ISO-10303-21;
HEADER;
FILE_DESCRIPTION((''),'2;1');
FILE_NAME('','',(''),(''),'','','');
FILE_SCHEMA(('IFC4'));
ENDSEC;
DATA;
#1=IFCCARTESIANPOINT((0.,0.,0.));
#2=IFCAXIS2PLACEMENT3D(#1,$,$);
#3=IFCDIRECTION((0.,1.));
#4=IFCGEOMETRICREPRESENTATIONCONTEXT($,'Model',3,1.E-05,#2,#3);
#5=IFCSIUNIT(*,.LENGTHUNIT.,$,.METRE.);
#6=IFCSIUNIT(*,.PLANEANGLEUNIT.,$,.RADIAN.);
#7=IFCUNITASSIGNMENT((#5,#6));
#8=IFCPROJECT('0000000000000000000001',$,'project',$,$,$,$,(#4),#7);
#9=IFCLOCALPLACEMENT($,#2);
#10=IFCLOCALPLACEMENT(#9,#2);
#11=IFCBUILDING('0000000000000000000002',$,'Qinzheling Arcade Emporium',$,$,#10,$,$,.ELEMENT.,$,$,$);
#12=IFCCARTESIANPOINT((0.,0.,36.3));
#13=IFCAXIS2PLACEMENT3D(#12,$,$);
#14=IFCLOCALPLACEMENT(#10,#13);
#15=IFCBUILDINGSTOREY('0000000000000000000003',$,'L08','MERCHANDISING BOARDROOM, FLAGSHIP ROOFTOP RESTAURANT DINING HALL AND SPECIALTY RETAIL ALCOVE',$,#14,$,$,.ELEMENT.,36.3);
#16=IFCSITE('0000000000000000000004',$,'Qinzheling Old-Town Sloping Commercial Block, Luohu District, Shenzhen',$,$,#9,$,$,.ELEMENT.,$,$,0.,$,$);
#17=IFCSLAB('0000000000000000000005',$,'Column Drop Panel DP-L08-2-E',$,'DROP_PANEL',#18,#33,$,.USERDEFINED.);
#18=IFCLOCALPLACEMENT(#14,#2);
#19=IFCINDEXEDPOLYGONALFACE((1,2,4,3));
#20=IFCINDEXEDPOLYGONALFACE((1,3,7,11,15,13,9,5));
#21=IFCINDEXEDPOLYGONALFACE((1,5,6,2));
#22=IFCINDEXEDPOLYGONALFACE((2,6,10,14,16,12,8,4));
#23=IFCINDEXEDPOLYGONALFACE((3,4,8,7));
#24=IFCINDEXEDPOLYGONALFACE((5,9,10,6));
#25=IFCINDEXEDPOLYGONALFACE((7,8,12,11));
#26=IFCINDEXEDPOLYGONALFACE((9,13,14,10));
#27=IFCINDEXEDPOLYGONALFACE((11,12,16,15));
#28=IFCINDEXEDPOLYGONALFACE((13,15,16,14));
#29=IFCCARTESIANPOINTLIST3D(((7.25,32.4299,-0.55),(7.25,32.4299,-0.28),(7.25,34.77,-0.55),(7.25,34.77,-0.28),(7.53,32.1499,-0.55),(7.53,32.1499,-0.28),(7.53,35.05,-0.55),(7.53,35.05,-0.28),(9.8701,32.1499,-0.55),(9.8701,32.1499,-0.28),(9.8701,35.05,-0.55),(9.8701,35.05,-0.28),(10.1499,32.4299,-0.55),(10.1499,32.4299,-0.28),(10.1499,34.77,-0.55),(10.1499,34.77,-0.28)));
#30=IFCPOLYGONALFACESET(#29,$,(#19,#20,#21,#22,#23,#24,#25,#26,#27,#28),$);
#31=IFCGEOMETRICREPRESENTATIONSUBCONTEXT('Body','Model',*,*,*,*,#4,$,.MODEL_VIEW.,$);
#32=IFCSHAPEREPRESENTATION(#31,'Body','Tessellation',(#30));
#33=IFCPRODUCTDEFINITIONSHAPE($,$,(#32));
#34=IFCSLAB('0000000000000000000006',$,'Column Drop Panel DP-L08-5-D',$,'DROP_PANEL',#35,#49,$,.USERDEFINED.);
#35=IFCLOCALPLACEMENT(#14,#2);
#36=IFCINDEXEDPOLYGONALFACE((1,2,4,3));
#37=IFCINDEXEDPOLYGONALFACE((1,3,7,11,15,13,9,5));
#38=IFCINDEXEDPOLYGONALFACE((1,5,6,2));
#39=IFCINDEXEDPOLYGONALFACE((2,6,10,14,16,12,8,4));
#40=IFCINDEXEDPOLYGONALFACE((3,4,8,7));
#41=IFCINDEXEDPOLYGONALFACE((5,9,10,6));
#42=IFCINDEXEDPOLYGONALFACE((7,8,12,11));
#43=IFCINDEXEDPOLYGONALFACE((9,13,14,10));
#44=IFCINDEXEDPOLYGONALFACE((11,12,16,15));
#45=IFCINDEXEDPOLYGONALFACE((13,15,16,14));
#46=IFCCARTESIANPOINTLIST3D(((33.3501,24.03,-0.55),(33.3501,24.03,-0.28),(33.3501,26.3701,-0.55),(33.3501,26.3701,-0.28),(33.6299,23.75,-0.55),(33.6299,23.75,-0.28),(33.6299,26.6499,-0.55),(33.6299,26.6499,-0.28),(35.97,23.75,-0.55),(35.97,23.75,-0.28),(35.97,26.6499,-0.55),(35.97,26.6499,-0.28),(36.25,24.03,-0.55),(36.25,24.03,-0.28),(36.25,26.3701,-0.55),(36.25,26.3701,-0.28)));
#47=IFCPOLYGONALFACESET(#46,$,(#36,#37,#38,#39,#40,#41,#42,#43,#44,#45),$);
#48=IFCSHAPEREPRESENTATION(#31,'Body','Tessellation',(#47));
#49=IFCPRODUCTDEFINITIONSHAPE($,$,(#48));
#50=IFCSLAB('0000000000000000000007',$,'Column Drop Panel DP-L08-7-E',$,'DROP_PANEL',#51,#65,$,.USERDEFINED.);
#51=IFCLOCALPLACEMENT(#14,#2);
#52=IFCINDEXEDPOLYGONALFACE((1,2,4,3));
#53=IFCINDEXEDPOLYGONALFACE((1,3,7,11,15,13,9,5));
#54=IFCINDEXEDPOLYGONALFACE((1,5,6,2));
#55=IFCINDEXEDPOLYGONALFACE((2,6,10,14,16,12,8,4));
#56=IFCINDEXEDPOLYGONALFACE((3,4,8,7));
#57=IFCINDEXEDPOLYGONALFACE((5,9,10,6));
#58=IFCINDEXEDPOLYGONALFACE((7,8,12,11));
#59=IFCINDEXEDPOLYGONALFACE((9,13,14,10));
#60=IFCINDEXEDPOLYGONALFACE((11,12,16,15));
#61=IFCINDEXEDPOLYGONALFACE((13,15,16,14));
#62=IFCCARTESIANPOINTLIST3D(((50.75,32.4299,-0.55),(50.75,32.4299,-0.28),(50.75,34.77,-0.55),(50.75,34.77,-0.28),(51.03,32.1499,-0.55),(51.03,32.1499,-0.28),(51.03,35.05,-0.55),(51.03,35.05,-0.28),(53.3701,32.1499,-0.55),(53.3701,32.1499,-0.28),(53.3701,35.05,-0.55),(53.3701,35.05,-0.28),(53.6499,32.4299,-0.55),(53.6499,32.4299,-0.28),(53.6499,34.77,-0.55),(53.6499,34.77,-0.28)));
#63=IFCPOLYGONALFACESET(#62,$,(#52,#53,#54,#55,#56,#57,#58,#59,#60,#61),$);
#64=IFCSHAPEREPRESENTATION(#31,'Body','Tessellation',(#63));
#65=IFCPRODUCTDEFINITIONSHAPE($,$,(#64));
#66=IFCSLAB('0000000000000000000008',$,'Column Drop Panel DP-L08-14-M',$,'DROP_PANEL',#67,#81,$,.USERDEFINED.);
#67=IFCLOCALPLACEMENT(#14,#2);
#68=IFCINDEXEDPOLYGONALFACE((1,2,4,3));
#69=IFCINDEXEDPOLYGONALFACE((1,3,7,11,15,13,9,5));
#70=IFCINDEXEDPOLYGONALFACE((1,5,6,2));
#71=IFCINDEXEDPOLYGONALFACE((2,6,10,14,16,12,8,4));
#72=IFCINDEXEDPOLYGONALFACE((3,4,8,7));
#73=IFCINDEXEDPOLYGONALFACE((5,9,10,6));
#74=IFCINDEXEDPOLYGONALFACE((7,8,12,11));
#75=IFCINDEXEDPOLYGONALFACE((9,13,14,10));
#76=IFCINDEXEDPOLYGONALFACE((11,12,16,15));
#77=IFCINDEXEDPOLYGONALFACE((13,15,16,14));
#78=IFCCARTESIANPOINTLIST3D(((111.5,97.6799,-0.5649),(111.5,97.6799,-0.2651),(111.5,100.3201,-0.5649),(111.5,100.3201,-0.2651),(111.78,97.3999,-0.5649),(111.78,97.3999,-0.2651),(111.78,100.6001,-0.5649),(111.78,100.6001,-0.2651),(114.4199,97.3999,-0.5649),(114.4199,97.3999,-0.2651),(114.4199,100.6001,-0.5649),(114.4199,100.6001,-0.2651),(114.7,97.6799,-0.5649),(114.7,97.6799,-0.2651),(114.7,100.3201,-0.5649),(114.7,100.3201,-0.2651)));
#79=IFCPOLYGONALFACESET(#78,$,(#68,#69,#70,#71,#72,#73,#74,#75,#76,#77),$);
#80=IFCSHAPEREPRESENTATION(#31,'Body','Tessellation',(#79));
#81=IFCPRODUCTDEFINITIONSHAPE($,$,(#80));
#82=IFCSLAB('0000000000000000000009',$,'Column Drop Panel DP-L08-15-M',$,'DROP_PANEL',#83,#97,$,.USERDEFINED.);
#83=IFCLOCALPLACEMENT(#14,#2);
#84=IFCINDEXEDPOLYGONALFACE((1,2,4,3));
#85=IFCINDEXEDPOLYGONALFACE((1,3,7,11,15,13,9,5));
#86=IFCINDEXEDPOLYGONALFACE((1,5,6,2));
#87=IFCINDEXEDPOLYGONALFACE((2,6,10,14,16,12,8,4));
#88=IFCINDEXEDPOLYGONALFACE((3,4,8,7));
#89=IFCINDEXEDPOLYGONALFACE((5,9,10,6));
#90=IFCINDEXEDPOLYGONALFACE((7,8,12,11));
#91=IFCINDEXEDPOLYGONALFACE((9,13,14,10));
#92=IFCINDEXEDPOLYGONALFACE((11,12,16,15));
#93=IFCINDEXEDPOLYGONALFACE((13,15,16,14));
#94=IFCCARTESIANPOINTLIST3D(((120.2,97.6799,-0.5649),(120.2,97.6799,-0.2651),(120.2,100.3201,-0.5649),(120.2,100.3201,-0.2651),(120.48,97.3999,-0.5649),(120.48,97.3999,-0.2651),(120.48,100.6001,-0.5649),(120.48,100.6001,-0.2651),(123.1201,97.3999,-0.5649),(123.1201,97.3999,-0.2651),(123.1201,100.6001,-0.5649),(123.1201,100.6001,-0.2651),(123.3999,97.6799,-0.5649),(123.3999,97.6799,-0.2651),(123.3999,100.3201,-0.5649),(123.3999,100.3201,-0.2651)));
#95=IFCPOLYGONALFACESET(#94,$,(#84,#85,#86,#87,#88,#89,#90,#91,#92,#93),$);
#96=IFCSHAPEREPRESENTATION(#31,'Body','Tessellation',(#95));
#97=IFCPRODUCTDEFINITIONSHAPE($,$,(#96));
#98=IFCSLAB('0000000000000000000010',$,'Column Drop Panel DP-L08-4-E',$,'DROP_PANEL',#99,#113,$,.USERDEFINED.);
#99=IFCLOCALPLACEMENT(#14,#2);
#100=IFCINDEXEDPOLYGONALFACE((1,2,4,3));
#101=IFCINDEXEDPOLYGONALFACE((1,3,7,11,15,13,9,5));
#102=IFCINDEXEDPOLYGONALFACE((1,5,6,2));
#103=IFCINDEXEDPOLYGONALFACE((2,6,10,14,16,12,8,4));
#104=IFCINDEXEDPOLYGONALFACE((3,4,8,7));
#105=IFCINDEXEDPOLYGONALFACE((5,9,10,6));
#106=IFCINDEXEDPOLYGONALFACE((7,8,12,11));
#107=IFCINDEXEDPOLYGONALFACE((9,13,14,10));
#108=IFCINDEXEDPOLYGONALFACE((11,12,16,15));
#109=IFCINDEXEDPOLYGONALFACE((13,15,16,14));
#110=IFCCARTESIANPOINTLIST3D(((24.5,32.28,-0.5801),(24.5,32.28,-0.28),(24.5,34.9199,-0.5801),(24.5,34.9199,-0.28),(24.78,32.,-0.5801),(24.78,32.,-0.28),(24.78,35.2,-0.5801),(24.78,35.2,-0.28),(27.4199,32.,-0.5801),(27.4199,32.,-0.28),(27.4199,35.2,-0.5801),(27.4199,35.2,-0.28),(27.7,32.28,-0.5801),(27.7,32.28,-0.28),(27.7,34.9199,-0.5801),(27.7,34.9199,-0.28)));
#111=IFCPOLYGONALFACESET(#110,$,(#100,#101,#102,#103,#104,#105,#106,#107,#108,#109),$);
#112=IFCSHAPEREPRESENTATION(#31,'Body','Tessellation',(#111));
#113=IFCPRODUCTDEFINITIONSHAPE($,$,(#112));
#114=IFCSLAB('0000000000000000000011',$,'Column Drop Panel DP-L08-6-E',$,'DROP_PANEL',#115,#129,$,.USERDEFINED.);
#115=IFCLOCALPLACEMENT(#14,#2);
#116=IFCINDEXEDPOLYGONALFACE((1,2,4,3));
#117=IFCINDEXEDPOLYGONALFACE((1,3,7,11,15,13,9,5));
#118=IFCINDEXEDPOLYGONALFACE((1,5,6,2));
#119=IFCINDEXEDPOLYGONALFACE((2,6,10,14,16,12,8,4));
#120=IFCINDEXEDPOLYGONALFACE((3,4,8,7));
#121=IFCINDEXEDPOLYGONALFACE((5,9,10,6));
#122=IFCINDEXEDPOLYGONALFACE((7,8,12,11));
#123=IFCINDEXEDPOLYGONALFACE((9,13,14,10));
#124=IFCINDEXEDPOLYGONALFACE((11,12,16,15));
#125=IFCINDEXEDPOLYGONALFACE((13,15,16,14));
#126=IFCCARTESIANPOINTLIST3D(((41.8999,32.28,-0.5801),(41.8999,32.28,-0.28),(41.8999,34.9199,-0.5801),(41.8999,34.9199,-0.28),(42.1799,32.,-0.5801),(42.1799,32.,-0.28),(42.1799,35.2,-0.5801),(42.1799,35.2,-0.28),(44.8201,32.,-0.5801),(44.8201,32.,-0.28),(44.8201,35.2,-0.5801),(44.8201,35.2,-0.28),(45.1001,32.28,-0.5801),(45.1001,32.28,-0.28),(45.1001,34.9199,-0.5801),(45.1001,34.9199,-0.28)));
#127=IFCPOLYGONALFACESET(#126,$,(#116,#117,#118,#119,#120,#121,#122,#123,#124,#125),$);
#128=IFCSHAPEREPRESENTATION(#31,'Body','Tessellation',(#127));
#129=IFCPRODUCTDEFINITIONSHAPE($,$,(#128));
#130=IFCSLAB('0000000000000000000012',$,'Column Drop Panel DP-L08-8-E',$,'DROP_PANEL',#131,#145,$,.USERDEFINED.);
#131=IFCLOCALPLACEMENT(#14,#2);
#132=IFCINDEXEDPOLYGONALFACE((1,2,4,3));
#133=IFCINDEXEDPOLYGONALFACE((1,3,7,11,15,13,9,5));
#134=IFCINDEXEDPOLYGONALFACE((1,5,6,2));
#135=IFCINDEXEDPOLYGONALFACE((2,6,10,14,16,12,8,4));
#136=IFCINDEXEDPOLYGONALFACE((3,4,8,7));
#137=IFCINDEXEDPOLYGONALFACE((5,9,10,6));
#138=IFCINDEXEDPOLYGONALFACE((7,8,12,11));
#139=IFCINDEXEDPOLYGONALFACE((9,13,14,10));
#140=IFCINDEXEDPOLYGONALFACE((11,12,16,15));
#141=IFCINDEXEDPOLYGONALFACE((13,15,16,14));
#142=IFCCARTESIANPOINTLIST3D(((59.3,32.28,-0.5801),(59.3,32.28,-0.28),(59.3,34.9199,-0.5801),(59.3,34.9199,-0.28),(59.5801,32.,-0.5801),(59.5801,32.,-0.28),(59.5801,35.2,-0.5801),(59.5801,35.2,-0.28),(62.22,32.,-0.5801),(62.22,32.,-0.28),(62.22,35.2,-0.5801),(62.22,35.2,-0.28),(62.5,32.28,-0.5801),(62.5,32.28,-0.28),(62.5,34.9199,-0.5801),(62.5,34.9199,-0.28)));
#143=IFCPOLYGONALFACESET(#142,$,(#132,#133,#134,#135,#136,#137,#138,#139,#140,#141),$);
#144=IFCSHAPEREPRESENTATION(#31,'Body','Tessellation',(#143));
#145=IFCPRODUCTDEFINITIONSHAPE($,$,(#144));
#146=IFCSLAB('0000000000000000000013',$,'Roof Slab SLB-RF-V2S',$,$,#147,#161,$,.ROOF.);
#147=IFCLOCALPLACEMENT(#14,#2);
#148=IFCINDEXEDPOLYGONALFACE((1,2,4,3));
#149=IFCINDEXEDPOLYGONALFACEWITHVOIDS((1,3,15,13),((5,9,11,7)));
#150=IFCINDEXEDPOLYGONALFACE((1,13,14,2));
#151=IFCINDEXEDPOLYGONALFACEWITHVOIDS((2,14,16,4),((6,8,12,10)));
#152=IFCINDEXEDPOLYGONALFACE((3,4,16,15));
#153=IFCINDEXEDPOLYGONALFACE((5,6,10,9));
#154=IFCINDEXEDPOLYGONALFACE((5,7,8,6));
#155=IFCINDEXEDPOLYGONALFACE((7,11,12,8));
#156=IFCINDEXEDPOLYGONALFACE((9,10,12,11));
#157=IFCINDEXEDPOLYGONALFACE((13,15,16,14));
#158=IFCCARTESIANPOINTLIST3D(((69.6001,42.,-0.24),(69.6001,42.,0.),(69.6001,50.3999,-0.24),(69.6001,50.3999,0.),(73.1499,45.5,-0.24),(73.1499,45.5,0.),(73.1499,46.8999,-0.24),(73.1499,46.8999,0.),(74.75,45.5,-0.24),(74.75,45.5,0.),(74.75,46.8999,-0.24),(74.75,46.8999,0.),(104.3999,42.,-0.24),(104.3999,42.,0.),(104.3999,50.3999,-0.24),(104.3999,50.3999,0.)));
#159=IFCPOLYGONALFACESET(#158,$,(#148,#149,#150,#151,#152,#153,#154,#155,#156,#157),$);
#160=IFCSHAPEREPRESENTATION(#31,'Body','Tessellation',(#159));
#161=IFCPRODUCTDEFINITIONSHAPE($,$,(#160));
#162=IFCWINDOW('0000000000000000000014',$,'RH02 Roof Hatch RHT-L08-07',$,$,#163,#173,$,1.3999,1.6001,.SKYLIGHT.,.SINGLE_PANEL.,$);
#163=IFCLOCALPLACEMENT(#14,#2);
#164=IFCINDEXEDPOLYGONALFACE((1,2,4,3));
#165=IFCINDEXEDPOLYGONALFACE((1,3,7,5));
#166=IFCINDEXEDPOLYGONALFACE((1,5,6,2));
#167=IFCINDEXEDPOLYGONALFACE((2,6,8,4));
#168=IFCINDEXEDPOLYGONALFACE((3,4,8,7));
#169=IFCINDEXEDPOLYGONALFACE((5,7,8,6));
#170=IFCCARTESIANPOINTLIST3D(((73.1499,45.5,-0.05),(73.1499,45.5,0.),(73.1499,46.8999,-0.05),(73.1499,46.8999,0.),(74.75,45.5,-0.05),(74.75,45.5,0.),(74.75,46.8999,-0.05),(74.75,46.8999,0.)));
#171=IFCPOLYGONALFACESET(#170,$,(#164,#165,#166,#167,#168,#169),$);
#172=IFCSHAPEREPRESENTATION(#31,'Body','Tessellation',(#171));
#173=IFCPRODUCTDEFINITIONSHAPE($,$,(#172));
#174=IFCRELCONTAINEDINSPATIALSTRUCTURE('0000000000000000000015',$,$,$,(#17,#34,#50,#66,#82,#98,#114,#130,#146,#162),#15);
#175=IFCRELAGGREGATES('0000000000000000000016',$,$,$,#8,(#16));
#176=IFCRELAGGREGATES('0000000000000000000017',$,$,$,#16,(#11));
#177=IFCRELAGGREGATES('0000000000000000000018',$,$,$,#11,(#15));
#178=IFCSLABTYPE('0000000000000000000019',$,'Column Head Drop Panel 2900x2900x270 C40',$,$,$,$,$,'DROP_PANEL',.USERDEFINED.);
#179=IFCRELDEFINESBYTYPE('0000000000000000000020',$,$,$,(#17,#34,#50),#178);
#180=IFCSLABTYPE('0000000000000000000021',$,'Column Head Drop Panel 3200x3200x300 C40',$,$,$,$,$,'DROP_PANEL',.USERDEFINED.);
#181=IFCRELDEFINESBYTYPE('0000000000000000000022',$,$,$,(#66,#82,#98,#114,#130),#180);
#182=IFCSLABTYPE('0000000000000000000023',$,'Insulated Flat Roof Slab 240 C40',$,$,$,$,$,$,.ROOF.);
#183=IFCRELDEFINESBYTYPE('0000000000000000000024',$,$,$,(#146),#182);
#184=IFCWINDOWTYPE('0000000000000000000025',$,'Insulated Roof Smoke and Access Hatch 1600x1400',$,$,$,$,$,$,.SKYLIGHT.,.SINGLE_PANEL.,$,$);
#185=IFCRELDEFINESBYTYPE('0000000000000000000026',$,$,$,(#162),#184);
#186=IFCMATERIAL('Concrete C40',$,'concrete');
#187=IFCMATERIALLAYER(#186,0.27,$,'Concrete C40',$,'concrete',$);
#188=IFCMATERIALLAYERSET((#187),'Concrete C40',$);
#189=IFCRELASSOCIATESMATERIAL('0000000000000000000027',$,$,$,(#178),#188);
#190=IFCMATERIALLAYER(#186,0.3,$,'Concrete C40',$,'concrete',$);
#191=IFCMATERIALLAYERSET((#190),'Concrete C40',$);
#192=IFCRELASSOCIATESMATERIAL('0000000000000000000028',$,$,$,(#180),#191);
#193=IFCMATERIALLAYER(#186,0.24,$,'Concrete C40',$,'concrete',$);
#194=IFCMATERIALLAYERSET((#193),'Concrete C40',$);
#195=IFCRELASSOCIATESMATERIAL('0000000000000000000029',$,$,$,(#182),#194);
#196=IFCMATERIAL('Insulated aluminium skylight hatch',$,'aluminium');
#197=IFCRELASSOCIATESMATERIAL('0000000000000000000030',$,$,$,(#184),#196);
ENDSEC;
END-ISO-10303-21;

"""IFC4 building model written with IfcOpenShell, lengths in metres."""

from ifc_helpers import new_model, si_unit, direction, frame, origin, origin_2d, place, context, subcontext, project, spatial, polyline, rectangle, outline, extrude, material, layer, layer_set, type_object, element, fill, save


model = new_model("IFC4")

# Units and contexts
model_context = context("Model", 3, precision=1e-05, world=origin(), true_north=direction((0.0, 1.0)))
body_context = subcontext(model_context, "Body", "Model", "MODEL_VIEW")
ifc_project = project(units=[si_unit("LENGTHUNIT", "METRE"), si_unit("PLANEANGLEUNIT", "RADIAN")], contexts=[model_context])

# Site, building, storey
site_placement = place(None, origin())
site = spatial("IfcSite", under=ifc_project, at=site_placement, Name="Qinzheling Old-Town Sloping Commercial Block, Luohu District, Shenzhen", CompositionType="ELEMENT", RefElevation=0.0)
building_placement = place(site_placement, origin())
building = spatial("IfcBuilding", under=site, at=building_placement, Name="Qinzheling Arcade Emporium", CompositionType="ELEMENT")
storey_placement = place(building_placement, frame((0.0, 0.0, 36.3)))
storey = spatial("IfcBuildingStorey", under=building, at=storey_placement, Name="L08", Description="MERCHANDISING BOARDROOM, FLAGSHIP ROOFTOP RESTAURANT DINING HALL AND SPECIALTY RETAIL ALCOVE", CompositionType="ELEMENT", Elevation=36.3)

# Slabs
ifc_material_1 = material(Name="Concrete C40", Category="concrete")
ifc_layer_1 = layer(ifc_material_1, 0.27, Name="Concrete C40", Category="concrete")
ifc_layer_set_1 = layer_set([ifc_layer_1], Name="Concrete C40")
slab_type_1 = type_object("IfcSlabType", Name="Column Head Drop Panel 2900x2900x270 C40", ElementType="DROP_PANEL", PredefinedType="USERDEFINED", material=ifc_layer_set_1)
slab_1_placement = place(storey_placement, frame((0.0, 0.0, -0.55)))
element("IfcSlab", 1, at=slab_1_placement, inside=storey, type_object=slab_type_1, Name="Column Drop Panel DP-L08-2-E", ObjectType="DROP_PANEL", PredefinedType="USERDEFINED", context=body_context, shape_type="SweptSolid", body=[
    extrude(outline(polyline([(7.53, 32.1499), (9.8701, 32.1499), (10.1499, 32.4299), (10.1499, 34.77), (9.8701, 35.05), (7.53, 35.05), (7.25, 34.77), (7.25, 32.4299), (7.53, 32.1499)])), origin(), (0.0, 0.0, 1.0), 0.27),
])
slab_2_placement = place(storey_placement, frame((0.0, 0.0, -0.55)))
element("IfcSlab", 2, at=slab_2_placement, inside=storey, type_object=slab_type_1, Name="Column Drop Panel DP-L08-5-D", ObjectType="DROP_PANEL", PredefinedType="USERDEFINED", context=body_context, shape_type="SweptSolid", body=[
    extrude(outline(polyline([(33.6299, 23.75), (35.97, 23.75), (36.25, 24.03), (36.25, 26.3701), (35.97, 26.6499), (33.6299, 26.6499), (33.3501, 26.3701), (33.3501, 24.03), (33.6299, 23.75)])), origin(), (0.0, 0.0, 1.0), 0.27),
])
slab_3_placement = place(storey_placement, frame((0.0, 0.0, -0.55)))
element("IfcSlab", 3, at=slab_3_placement, inside=storey, type_object=slab_type_1, Name="Column Drop Panel DP-L08-7-E", ObjectType="DROP_PANEL", PredefinedType="USERDEFINED", context=body_context, shape_type="SweptSolid", body=[
    extrude(outline(polyline([(51.03, 32.1499), (53.3701, 32.1499), (53.6499, 32.4299), (53.6499, 34.77), (53.3701, 35.05), (51.03, 35.05), (50.75, 34.77), (50.75, 32.4299), (51.03, 32.1499)])), origin(), (0.0, 0.0, 1.0), 0.27),
])
ifc_layer_2 = layer(ifc_material_1, 0.3, Name="Concrete C40", Category="concrete")
ifc_layer_set_2 = layer_set([ifc_layer_2], Name="Concrete C40")
slab_type_2 = type_object("IfcSlabType", Name="Column Head Drop Panel 3200x3200x300 C40", ElementType="DROP_PANEL", PredefinedType="USERDEFINED", material=ifc_layer_set_2)
slab_4_placement = place(storey_placement, frame((0.0, 0.0, -0.5649)))
element("IfcSlab", 4, at=slab_4_placement, inside=storey, type_object=slab_type_2, Name="Column Drop Panel DP-L08-14-M", ObjectType="DROP_PANEL", PredefinedType="USERDEFINED", context=body_context, shape_type="SweptSolid", body=[
    extrude(outline(polyline([(111.78, 97.3999), (114.4199, 97.3999), (114.7, 97.6799), (114.7, 100.3201), (114.4199, 100.6001), (111.78, 100.6001), (111.5, 100.3201), (111.5, 97.6799), (111.78, 97.3999)])), origin(), (0.0, 0.0, 1.0), 0.2998),
])
slab_5_placement = place(storey_placement, frame((0.0, 0.0, -0.5649)))
element("IfcSlab", 5, at=slab_5_placement, inside=storey, type_object=slab_type_2, Name="Column Drop Panel DP-L08-15-M", ObjectType="DROP_PANEL", PredefinedType="USERDEFINED", context=body_context, shape_type="SweptSolid", body=[
    extrude(outline(polyline([(120.48, 97.3999), (123.1201, 97.3999), (123.3999, 97.6799), (123.3999, 100.3201), (123.1201, 100.6001), (120.48, 100.6001), (120.2, 100.3201), (120.2, 97.6799), (120.48, 97.3999)])), origin(), (0.0, 0.0, 1.0), 0.2998),
])
slab_6_placement = place(storey_placement, frame((0.0, 0.0, -0.5801)))
element("IfcSlab", 6, at=slab_6_placement, inside=storey, type_object=slab_type_2, Name="Column Drop Panel DP-L08-4-E", ObjectType="DROP_PANEL", PredefinedType="USERDEFINED", context=body_context, shape_type="SweptSolid", body=[
    extrude(outline(polyline([(24.78, 32.0), (27.4199, 32.0), (27.7, 32.28), (27.7, 34.9199), (27.4199, 35.2), (24.78, 35.2), (24.5, 34.9199), (24.5, 32.28), (24.78, 32.0)])), origin(), (0.0, 0.0, 1.0), 0.3),
])
slab_7_placement = place(storey_placement, frame((0.0, 0.0, -0.5801)))
element("IfcSlab", 7, at=slab_7_placement, inside=storey, type_object=slab_type_2, Name="Column Drop Panel DP-L08-6-E", ObjectType="DROP_PANEL", PredefinedType="USERDEFINED", context=body_context, shape_type="SweptSolid", body=[
    extrude(outline(polyline([(42.1799, 32.0), (44.8201, 32.0), (45.1001, 32.28), (45.1001, 34.9199), (44.8201, 35.2), (42.1799, 35.2), (41.8999, 34.9199), (41.8999, 32.28), (42.1799, 32.0)])), origin(), (0.0, 0.0, 1.0), 0.3),
])
slab_8_placement = place(storey_placement, frame((0.0, 0.0, -0.5801)))
element("IfcSlab", 8, at=slab_8_placement, inside=storey, type_object=slab_type_2, Name="Column Drop Panel DP-L08-8-E", ObjectType="DROP_PANEL", PredefinedType="USERDEFINED", context=body_context, shape_type="SweptSolid", body=[
    extrude(outline(polyline([(59.5801, 32.0), (62.22, 32.0), (62.5, 32.28), (62.5, 34.9199), (62.22, 35.2), (59.5801, 35.2), (59.3, 34.9199), (59.3, 32.28), (59.5801, 32.0)])), origin(), (0.0, 0.0, 1.0), 0.3),
])

# Slab, opening, window
ifc_layer_3 = layer(ifc_material_1, 0.24, Name="Concrete C40", Category="concrete")
ifc_layer_set_3 = layer_set([ifc_layer_3], Name="Concrete C40")
slab_type_3 = type_object("IfcSlabType", Name="Insulated Flat Roof Slab 240 C40", PredefinedType="ROOF", material=ifc_layer_set_3)
slab_9_placement = place(storey_placement, frame((0.0, 0.0, -0.24)))
slab_9 = element("IfcSlab", 9, at=slab_9_placement, inside=storey, type_object=slab_type_3, Name="Roof Slab SLB-RF-V2S", PredefinedType="ROOF", context=body_context, shape_type="SweptSolid", body=[
    extrude(outline(polyline([(104.3999, 42.0), (104.3999, 50.3999), (69.6001, 50.3999), (69.6001, 42.0), (104.3999, 42.0)])), origin(), (0.0, 0.0, 1.0), 0.24),
])
opening_1_placement = place(slab_9_placement, frame((73.95, 46.2, -0.01)))
opening_1 = element("IfcOpeningElement", 10, at=opening_1_placement, cuts=slab_9, PredefinedType="OPENING", context=body_context, shape_type="SweptSolid", body=[
    extrude(rectangle(XDim=1.6001, YDim=1.3999, at=origin_2d()), origin(), (0.0, 0.0, 1.0), 0.26),
])
ifc_material_2 = material(Name="Insulated aluminium skylight hatch", Category="aluminium")
window_type_1 = type_object("IfcWindowType", Name="Insulated Roof Smoke and Access Hatch 1600x1400", PartitioningType="SINGLE_PANEL", PredefinedType="SKYLIGHT", material=ifc_material_2)
window_1_placement = place(opening_1_placement, frame((0.0, 0.0, 0.2)))
window_1 = element("IfcWindow", 11, at=window_1_placement, inside=storey, type_object=window_type_1, Name="RH02 Roof Hatch RHT-L08-07", OverallHeight=1.3999, OverallWidth=1.6001, PartitioningType="SINGLE_PANEL", PredefinedType="SKYLIGHT", context=body_context, shape_type="SweptSolid", body=[
    extrude(rectangle(XDim=1.6001, YDim=1.3999, at=origin_2d()), origin(), (0.0, 0.0, 1.0), 0.05),
])
fill(opening_1, window_1)

save(model, "model.ifc")
